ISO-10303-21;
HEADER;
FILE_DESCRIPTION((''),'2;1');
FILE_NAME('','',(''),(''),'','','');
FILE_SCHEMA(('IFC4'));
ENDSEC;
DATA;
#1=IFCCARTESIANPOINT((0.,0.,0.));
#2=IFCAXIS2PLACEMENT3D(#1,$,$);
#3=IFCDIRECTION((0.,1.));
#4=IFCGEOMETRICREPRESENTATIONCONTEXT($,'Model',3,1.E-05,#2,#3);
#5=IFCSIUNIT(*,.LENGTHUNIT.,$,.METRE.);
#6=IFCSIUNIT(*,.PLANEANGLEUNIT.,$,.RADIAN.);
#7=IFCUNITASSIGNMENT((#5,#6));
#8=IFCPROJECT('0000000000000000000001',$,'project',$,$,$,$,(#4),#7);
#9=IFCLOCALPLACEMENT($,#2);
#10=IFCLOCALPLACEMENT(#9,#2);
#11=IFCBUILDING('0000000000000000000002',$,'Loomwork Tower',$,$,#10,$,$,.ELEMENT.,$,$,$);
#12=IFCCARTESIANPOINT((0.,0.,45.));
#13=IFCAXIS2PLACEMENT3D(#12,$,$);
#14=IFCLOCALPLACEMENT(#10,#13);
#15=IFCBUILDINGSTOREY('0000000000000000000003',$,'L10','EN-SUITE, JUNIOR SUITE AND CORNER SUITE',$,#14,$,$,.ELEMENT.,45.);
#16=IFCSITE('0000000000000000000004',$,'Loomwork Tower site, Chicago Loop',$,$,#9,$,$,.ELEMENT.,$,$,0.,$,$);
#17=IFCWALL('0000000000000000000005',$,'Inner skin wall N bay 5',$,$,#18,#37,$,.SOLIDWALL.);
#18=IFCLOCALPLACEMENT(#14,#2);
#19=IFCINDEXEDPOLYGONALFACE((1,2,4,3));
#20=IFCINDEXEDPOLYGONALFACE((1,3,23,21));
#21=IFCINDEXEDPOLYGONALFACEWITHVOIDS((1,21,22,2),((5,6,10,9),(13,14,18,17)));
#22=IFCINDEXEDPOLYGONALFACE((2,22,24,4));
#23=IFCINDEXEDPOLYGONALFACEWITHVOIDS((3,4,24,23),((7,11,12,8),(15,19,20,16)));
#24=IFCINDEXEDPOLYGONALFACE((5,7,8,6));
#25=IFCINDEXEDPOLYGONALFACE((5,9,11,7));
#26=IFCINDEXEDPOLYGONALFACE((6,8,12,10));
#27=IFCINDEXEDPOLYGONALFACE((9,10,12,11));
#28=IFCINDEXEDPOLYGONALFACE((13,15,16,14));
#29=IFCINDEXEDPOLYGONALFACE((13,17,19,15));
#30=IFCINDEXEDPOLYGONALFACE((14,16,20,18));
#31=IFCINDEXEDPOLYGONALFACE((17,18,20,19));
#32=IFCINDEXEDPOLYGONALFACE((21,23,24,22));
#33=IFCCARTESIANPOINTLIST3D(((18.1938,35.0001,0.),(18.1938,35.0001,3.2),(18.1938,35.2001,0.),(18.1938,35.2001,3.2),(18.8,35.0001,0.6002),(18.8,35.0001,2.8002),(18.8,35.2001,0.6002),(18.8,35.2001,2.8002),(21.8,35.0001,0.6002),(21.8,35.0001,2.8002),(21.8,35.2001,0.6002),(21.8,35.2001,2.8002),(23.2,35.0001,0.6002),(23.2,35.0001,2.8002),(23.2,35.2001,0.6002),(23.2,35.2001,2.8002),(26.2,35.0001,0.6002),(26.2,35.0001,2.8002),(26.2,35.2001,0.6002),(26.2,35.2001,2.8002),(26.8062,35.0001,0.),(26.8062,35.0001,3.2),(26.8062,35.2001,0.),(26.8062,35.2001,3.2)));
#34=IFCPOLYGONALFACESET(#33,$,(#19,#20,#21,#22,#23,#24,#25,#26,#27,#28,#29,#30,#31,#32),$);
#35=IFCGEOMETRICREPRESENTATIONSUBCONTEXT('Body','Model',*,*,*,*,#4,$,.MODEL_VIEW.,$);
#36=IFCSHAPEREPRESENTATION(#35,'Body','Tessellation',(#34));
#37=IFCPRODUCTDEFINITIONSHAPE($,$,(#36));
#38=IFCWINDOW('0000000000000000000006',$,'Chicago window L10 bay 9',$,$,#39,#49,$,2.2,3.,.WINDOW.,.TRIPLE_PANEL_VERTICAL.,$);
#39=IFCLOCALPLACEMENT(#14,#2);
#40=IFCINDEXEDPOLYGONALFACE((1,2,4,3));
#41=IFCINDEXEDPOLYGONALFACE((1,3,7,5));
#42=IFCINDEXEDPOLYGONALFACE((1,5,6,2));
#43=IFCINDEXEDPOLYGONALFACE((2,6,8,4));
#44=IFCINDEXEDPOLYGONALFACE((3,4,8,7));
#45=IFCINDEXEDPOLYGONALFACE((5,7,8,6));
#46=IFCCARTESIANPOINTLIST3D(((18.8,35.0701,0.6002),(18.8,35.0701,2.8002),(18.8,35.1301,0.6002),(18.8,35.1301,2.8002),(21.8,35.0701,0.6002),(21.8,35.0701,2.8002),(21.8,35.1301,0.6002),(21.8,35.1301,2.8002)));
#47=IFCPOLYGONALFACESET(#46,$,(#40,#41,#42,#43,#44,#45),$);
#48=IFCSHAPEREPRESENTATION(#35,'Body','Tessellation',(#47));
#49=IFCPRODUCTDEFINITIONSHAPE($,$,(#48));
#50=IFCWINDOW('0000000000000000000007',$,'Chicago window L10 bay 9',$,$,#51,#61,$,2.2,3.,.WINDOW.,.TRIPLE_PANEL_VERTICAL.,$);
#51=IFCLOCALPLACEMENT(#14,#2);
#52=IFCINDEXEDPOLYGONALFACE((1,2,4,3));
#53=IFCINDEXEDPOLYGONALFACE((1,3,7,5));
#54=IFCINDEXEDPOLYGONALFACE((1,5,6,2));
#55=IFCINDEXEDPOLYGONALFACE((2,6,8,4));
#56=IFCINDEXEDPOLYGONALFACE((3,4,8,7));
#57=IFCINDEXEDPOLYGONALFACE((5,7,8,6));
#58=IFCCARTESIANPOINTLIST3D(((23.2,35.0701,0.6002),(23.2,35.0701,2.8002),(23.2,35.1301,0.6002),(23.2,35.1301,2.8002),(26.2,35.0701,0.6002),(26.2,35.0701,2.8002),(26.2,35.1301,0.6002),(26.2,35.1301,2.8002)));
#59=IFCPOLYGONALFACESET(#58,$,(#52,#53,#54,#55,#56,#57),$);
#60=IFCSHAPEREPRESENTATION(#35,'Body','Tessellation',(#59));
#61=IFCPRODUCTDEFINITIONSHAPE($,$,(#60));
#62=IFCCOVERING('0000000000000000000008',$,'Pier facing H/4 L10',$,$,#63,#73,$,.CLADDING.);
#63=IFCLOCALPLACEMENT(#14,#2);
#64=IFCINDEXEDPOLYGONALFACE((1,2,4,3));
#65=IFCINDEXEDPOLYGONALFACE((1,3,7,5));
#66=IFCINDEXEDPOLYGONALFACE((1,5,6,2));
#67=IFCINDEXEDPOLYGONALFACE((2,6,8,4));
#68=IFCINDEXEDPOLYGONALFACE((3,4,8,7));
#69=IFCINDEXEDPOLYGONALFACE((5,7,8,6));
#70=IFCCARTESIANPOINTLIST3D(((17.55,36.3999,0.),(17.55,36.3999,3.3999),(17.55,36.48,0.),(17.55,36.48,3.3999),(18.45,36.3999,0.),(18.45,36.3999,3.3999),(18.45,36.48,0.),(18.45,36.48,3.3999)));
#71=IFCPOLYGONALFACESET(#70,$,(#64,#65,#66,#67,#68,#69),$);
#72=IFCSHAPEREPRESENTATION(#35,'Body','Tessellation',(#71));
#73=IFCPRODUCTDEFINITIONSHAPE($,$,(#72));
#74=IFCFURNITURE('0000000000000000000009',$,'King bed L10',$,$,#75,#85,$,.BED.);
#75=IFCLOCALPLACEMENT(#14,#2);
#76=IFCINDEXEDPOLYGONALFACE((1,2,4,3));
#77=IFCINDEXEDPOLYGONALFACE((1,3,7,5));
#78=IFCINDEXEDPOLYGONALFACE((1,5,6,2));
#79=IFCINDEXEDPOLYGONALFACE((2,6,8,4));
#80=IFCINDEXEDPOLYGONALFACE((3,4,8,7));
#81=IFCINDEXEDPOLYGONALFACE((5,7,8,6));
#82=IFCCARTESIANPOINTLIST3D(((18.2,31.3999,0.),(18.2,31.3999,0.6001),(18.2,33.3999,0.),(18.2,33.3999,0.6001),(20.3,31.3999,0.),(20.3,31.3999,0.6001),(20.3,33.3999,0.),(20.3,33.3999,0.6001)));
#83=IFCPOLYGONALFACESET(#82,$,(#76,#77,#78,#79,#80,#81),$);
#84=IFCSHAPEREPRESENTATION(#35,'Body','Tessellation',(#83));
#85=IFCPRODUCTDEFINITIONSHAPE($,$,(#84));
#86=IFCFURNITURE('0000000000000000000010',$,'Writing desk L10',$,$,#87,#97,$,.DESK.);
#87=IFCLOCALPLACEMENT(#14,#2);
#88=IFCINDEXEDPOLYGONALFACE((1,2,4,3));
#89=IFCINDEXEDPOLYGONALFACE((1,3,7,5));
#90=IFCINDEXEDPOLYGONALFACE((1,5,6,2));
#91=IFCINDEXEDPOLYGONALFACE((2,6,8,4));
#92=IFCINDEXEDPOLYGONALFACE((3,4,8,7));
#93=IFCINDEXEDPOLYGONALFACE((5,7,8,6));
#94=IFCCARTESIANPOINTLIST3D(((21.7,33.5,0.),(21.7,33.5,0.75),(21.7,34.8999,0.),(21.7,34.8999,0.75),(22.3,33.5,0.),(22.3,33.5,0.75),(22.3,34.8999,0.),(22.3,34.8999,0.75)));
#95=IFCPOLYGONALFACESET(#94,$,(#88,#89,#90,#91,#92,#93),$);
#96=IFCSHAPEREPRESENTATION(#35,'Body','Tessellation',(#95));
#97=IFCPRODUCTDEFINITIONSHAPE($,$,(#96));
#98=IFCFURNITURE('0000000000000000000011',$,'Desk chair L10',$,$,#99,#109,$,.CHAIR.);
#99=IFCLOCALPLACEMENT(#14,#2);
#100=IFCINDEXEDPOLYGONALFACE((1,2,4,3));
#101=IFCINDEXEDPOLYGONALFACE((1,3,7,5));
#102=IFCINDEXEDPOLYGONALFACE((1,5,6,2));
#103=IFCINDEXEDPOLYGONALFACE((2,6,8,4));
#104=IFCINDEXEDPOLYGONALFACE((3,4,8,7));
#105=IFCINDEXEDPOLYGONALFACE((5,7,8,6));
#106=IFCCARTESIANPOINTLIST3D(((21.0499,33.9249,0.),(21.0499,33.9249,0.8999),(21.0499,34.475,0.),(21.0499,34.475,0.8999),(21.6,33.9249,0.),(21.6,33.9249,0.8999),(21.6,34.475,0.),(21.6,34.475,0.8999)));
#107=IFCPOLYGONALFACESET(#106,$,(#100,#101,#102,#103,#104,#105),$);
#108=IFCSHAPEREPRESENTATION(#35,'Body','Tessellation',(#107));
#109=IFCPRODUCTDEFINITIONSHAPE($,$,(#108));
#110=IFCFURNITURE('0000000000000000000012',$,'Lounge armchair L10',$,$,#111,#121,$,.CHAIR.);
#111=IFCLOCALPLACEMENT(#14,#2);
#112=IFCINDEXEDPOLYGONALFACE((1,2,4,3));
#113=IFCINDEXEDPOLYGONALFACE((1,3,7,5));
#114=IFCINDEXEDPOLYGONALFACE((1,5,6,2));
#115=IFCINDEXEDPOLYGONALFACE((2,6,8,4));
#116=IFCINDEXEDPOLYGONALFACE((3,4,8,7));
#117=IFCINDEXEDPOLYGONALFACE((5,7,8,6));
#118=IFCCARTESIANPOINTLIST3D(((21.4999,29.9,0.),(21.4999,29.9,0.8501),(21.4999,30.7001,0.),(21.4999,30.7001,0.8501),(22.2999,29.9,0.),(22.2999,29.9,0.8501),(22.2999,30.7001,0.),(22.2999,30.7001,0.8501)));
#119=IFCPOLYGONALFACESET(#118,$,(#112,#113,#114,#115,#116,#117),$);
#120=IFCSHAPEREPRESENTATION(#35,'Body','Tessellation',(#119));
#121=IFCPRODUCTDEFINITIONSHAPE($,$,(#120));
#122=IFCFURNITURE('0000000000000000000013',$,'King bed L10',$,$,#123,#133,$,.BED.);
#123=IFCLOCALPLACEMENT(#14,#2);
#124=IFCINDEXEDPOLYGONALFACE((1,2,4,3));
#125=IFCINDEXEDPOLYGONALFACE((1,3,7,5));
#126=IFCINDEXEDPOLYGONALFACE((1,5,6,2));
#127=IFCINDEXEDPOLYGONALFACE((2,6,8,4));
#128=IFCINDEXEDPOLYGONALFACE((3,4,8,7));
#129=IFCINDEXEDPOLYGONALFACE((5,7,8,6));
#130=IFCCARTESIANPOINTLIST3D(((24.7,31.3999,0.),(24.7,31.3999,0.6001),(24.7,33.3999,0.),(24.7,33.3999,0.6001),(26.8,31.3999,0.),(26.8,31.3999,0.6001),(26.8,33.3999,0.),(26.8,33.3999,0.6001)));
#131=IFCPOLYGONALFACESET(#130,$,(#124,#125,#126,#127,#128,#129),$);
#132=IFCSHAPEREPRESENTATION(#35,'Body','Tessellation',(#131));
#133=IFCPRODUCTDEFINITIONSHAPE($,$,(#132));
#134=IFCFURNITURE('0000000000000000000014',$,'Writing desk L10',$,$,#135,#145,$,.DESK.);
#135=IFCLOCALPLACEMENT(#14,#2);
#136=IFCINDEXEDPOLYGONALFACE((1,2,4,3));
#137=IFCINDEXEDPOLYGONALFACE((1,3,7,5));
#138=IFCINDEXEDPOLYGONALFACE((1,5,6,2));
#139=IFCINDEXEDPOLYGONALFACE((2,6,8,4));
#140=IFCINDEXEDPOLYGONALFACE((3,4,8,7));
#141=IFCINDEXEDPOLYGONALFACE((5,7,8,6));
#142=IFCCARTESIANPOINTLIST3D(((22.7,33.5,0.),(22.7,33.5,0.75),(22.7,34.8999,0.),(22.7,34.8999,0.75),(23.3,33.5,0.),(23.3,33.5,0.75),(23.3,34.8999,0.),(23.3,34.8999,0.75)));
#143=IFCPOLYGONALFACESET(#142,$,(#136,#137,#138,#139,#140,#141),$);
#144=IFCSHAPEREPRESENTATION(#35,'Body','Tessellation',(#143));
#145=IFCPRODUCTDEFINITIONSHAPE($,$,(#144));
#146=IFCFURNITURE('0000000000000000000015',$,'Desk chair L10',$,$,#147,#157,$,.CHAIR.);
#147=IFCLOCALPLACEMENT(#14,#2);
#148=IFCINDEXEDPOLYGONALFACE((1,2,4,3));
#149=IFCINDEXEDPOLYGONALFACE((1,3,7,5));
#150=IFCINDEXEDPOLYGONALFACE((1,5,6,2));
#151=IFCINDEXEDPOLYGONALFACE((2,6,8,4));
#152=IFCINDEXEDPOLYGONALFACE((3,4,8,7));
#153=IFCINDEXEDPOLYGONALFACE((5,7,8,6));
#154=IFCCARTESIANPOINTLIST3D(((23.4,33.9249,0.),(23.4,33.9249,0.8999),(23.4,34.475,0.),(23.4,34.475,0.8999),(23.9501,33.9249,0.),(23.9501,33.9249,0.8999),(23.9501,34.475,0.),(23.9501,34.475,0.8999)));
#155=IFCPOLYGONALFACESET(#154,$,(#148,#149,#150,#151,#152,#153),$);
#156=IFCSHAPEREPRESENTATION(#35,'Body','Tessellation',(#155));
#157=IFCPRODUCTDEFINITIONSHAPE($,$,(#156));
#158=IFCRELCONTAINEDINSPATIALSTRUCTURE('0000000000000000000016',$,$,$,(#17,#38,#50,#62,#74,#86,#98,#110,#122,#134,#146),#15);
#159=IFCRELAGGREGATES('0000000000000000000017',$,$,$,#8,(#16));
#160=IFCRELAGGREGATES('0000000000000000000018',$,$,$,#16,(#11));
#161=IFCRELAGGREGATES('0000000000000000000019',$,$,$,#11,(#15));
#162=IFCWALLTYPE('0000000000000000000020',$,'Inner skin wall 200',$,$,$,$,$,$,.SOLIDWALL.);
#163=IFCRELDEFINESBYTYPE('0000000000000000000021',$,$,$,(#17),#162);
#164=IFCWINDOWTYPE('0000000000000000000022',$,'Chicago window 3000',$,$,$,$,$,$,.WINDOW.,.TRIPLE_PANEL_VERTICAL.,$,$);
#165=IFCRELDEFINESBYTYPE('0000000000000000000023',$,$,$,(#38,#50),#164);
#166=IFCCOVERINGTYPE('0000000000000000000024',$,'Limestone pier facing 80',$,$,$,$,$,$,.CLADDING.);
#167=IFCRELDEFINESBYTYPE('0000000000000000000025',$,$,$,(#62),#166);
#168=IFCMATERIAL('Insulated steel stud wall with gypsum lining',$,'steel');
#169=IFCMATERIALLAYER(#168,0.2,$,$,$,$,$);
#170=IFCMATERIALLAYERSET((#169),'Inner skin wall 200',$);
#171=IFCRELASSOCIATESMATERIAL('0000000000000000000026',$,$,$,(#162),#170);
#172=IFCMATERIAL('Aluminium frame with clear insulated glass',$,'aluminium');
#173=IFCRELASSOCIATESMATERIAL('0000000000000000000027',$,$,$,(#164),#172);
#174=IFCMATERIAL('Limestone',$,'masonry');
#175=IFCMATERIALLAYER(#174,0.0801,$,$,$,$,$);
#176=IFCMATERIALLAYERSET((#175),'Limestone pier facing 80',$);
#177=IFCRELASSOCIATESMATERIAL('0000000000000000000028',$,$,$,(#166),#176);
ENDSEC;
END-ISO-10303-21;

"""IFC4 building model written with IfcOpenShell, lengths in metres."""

from ifc_helpers import new_model, si_unit, direction, frame, frame_2d, origin, origin_2d, place, context, subcontext, project, spatial, rectangle, extrude, material, layer, layer_set, type_object, element, fill, save


model = new_model("IFC4")

# Units and contexts
model_context = context("Model", 3, precision=1e-05, world=origin(), true_north=direction((0.0, 1.0)))
body_context = subcontext(model_context, "Body", "Model", "MODEL_VIEW")
ifc_project = project(units=[si_unit("LENGTHUNIT", "METRE"), si_unit("PLANEANGLEUNIT", "RADIAN")], contexts=[model_context])

# Site, building, storey
site_placement = place(None, origin())
site = spatial("IfcSite", under=ifc_project, at=site_placement, Name="Loomwork Tower site, Chicago Loop", CompositionType="ELEMENT", RefElevation=0.0)
building_placement = place(site_placement, origin())
building = spatial("IfcBuilding", under=site, at=building_placement, Name="Loomwork Tower", CompositionType="ELEMENT")
storey_placement = place(building_placement, frame((0.0, 0.0, 45.0)))
storey = spatial("IfcBuildingStorey", under=building, at=storey_placement, Name="L10", Description="EN-SUITE, JUNIOR SUITE AND CORNER SUITE", CompositionType="ELEMENT", Elevation=45.0)

# Shared definitions
ifc_material_1 = material(Name="Insulated steel stud wall with gypsum lining", Category="steel")
ifc_layer_1 = layer(ifc_material_1, 0.2)
ifc_layer_set_1 = layer_set([ifc_layer_1], Name="Inner skin wall 200")
wall_type_1 = type_object("IfcWallType", Name="Inner skin wall 200", PredefinedType="SOLIDWALL", material=ifc_layer_set_1)

# Wall, openings, windows
wall_1_placement = place(storey_placement, frame((18.1938, 35.1001, 0.0), z_axis=(0.0, 0.0, 1.0), x_axis=(1.0, 0.0, 0.0)))
wall_1 = element("IfcWall", 1, at=wall_1_placement, inside=storey, type_object=wall_type_1, Name="Inner skin wall N bay 5", PredefinedType="SOLIDWALL", context=body_context, shape_type="SweptSolid", body=[
    extrude(rectangle(XDim=8.6123, YDim=0.2, at=frame_2d((4.3062, 0.0))), origin(), (0.0, 0.0, 1.0), 3.2),
])
opening_1_placement = place(wall_1_placement, frame((0.6062, 0.0, 0.6001)))
opening_1 = element("IfcOpeningElement", 2, at=opening_1_placement, cuts=wall_1, PredefinedType="OPENING", context=body_context, shape_type="SweptSolid", body=[
    extrude(rectangle(XDim=3.0, YDim=2.2, at=frame_2d((1.5, 1.1001))), frame((0.0, 0.1099, 0.0), z_axis=(0.0, -1.0, 0.0), x_axis=(1.0, 0.0, 0.0)), (0.0, 0.0, 1.0), 0.22),
])
opening_2_placement = place(wall_1_placement, frame((5.0061, 0.0, 0.6001)))
opening_2 = element("IfcOpeningElement", 3, at=opening_2_placement, cuts=wall_1, PredefinedType="OPENING", context=body_context, shape_type="SweptSolid", body=[
    extrude(rectangle(XDim=3.0, YDim=2.2, at=frame_2d((1.5, 1.1001))), frame((0.0, 0.1099, 0.0), z_axis=(0.0, -1.0, 0.0), x_axis=(1.0, 0.0, 0.0)), (0.0, 0.0, 1.0), 0.22),
])
ifc_material_2 = material(Name="Aluminium frame with clear insulated glass", Category="aluminium")
window_type = type_object("IfcWindowType", Name="Chicago window 3000", PartitioningType="TRIPLE_PANEL_VERTICAL", PredefinedType="WINDOW", material=ifc_material_2)
window_1_placement = place(opening_1_placement, origin())
window_1 = element("IfcWindow", 4, at=window_1_placement, inside=storey, type_object=window_type, Name="Chicago window L10 bay 9", OverallHeight=2.2, OverallWidth=3.0, PartitioningType="TRIPLE_PANEL_VERTICAL", PredefinedType="WINDOW", context=body_context, shape_type="SweptSolid", body=[
    extrude(rectangle(XDim=3.0, YDim=2.2, at=frame_2d((1.5, 1.1001))), frame((0.0, 0.03, 0.0), z_axis=(0.0, -1.0, 0.0), x_axis=(1.0, 0.0, 0.0)), (0.0, 0.0, 1.0), 0.0601),
])
fill(opening_1, window_1)
window_2_placement = place(opening_2_placement, origin())
window_2 = element("IfcWindow", 5, at=window_2_placement, inside=storey, type_object=window_type, Name="Chicago window L10 bay 9", OverallHeight=2.2, OverallWidth=3.0, PartitioningType="TRIPLE_PANEL_VERTICAL", PredefinedType="WINDOW", context=body_context, shape_type="SweptSolid", body=[
    extrude(rectangle(XDim=3.0, YDim=2.2, at=frame_2d((1.5, 1.1001))), frame((0.0, 0.03, 0.0), z_axis=(0.0, -1.0, 0.0), x_axis=(1.0, 0.0, 0.0)), (0.0, 0.0, 1.0), 0.0601),
])
fill(opening_2, window_2)

# Covering
ifc_material_3 = material(Name="Limestone", Category="masonry")
ifc_layer_2 = layer(ifc_material_3, 0.0801)
ifc_layer_set_2 = layer_set([ifc_layer_2], Name="Limestone pier facing 80")
covering_type = type_object("IfcCoveringType", Name="Limestone pier facing 80", PredefinedType="CLADDING", material=ifc_layer_set_2)
covering_placement = place(storey_placement, frame((18.0, 36.4399, 0.0), z_axis=(0.0, 0.0, 1.0), x_axis=(1.0, 0.0, 0.0)))
element("IfcCovering", 6, at=covering_placement, inside=storey, type_object=covering_type, Name="Pier facing H/4 L10", PredefinedType="CLADDING", context=body_context, shape_type="SweptSolid", body=[
    extrude(rectangle(XDim=0.8999, YDim=0.0801, at=origin_2d()), origin(), (0.0, 0.0, 1.0), 3.3999),
])

# Furniture
furniture_1_placement = place(storey_placement, frame((19.25, 32.3999, 0.0), z_axis=(0.0, 0.0, 1.0), x_axis=(1.0, 0.0, 0.0)))
element("IfcFurniture", 7, at=furniture_1_placement, inside=storey, Name="King bed L10", PredefinedType="BED", context=body_context, shape_type="SweptSolid", body=[
    extrude(rectangle(XDim=2.1001, YDim=2.0, at=origin_2d()), origin(), (0.0, 0.0, 1.0), 0.6001),
])
furniture_2_placement = place(storey_placement, frame((22.0, 34.2, 0.0), z_axis=(0.0, 0.0, 1.0), x_axis=(1.0, 0.0, 0.0)))
element("IfcFurniture", 8, at=furniture_2_placement, inside=storey, Name="Writing desk L10", PredefinedType="DESK", context=body_context, shape_type="SweptSolid", body=[
    extrude(rectangle(XDim=0.6001, YDim=1.3999, at=origin_2d()), origin(), (0.0, 0.0, 1.0), 0.75),
])
furniture_3_placement = place(storey_placement, frame((21.325, 34.2, 0.0), z_axis=(0.0, 0.0, 1.0), x_axis=(1.0, 0.0, 0.0)))
element("IfcFurniture", 9, at=furniture_3_placement, inside=storey, Name="Desk chair L10", PredefinedType="CHAIR", context=body_context, shape_type="SweptSolid", body=[
    extrude(rectangle(XDim=0.55, YDim=0.55, at=origin_2d()), origin(), (0.0, 0.0, 1.0), 0.8999),
])
furniture_4_placement = place(storey_placement, frame((21.8999, 30.3, 0.0), z_axis=(0.0, 0.0, 1.0), x_axis=(1.0, 0.0, 0.0)))
element("IfcFurniture", 10, at=furniture_4_placement, inside=storey, Name="Lounge armchair L10", PredefinedType="CHAIR", context=body_context, shape_type="SweptSolid", body=[
    extrude(rectangle(XDim=0.8, YDim=0.8, at=origin_2d()), origin(), (0.0, 0.0, 1.0), 0.8501),
])
furniture_5_placement = place(storey_placement, frame((25.75, 32.3999, 0.0), z_axis=(0.0, 0.0, 1.0), x_axis=(1.0, 0.0, 0.0)))
element("IfcFurniture", 11, at=furniture_5_placement, inside=storey, Name="King bed L10", PredefinedType="BED", context=body_context, shape_type="SweptSolid", body=[
    extrude(rectangle(XDim=2.1001, YDim=2.0, at=origin_2d()), origin(), (0.0, 0.0, 1.0), 0.6001),
])
furniture_6_placement = place(storey_placement, frame((23.0, 34.2, 0.0), z_axis=(0.0, 0.0, 1.0), x_axis=(1.0, 0.0, 0.0)))
element("IfcFurniture", 12, at=furniture_6_placement, inside=storey, Name="Writing desk L10", PredefinedType="DESK", context=body_context, shape_type="SweptSolid", body=[
    extrude(rectangle(XDim=0.6001, YDim=1.3999, at=origin_2d()), origin(), (0.0, 0.0, 1.0), 0.75),
])
furniture_7_placement = place(storey_placement, frame((23.675, 34.2, 0.0), z_axis=(0.0, 0.0, 1.0), x_axis=(1.0, 0.0, 0.0)))
element("IfcFurniture", 13, at=furniture_7_placement, inside=storey, Name="Desk chair L10", PredefinedType="CHAIR", context=body_context, shape_type="SweptSolid", body=[
    extrude(rectangle(XDim=0.55, YDim=0.55, at=origin_2d()), origin(), (0.0, 0.0, 1.0), 0.8999),
])

save(model, "model.ifc")
